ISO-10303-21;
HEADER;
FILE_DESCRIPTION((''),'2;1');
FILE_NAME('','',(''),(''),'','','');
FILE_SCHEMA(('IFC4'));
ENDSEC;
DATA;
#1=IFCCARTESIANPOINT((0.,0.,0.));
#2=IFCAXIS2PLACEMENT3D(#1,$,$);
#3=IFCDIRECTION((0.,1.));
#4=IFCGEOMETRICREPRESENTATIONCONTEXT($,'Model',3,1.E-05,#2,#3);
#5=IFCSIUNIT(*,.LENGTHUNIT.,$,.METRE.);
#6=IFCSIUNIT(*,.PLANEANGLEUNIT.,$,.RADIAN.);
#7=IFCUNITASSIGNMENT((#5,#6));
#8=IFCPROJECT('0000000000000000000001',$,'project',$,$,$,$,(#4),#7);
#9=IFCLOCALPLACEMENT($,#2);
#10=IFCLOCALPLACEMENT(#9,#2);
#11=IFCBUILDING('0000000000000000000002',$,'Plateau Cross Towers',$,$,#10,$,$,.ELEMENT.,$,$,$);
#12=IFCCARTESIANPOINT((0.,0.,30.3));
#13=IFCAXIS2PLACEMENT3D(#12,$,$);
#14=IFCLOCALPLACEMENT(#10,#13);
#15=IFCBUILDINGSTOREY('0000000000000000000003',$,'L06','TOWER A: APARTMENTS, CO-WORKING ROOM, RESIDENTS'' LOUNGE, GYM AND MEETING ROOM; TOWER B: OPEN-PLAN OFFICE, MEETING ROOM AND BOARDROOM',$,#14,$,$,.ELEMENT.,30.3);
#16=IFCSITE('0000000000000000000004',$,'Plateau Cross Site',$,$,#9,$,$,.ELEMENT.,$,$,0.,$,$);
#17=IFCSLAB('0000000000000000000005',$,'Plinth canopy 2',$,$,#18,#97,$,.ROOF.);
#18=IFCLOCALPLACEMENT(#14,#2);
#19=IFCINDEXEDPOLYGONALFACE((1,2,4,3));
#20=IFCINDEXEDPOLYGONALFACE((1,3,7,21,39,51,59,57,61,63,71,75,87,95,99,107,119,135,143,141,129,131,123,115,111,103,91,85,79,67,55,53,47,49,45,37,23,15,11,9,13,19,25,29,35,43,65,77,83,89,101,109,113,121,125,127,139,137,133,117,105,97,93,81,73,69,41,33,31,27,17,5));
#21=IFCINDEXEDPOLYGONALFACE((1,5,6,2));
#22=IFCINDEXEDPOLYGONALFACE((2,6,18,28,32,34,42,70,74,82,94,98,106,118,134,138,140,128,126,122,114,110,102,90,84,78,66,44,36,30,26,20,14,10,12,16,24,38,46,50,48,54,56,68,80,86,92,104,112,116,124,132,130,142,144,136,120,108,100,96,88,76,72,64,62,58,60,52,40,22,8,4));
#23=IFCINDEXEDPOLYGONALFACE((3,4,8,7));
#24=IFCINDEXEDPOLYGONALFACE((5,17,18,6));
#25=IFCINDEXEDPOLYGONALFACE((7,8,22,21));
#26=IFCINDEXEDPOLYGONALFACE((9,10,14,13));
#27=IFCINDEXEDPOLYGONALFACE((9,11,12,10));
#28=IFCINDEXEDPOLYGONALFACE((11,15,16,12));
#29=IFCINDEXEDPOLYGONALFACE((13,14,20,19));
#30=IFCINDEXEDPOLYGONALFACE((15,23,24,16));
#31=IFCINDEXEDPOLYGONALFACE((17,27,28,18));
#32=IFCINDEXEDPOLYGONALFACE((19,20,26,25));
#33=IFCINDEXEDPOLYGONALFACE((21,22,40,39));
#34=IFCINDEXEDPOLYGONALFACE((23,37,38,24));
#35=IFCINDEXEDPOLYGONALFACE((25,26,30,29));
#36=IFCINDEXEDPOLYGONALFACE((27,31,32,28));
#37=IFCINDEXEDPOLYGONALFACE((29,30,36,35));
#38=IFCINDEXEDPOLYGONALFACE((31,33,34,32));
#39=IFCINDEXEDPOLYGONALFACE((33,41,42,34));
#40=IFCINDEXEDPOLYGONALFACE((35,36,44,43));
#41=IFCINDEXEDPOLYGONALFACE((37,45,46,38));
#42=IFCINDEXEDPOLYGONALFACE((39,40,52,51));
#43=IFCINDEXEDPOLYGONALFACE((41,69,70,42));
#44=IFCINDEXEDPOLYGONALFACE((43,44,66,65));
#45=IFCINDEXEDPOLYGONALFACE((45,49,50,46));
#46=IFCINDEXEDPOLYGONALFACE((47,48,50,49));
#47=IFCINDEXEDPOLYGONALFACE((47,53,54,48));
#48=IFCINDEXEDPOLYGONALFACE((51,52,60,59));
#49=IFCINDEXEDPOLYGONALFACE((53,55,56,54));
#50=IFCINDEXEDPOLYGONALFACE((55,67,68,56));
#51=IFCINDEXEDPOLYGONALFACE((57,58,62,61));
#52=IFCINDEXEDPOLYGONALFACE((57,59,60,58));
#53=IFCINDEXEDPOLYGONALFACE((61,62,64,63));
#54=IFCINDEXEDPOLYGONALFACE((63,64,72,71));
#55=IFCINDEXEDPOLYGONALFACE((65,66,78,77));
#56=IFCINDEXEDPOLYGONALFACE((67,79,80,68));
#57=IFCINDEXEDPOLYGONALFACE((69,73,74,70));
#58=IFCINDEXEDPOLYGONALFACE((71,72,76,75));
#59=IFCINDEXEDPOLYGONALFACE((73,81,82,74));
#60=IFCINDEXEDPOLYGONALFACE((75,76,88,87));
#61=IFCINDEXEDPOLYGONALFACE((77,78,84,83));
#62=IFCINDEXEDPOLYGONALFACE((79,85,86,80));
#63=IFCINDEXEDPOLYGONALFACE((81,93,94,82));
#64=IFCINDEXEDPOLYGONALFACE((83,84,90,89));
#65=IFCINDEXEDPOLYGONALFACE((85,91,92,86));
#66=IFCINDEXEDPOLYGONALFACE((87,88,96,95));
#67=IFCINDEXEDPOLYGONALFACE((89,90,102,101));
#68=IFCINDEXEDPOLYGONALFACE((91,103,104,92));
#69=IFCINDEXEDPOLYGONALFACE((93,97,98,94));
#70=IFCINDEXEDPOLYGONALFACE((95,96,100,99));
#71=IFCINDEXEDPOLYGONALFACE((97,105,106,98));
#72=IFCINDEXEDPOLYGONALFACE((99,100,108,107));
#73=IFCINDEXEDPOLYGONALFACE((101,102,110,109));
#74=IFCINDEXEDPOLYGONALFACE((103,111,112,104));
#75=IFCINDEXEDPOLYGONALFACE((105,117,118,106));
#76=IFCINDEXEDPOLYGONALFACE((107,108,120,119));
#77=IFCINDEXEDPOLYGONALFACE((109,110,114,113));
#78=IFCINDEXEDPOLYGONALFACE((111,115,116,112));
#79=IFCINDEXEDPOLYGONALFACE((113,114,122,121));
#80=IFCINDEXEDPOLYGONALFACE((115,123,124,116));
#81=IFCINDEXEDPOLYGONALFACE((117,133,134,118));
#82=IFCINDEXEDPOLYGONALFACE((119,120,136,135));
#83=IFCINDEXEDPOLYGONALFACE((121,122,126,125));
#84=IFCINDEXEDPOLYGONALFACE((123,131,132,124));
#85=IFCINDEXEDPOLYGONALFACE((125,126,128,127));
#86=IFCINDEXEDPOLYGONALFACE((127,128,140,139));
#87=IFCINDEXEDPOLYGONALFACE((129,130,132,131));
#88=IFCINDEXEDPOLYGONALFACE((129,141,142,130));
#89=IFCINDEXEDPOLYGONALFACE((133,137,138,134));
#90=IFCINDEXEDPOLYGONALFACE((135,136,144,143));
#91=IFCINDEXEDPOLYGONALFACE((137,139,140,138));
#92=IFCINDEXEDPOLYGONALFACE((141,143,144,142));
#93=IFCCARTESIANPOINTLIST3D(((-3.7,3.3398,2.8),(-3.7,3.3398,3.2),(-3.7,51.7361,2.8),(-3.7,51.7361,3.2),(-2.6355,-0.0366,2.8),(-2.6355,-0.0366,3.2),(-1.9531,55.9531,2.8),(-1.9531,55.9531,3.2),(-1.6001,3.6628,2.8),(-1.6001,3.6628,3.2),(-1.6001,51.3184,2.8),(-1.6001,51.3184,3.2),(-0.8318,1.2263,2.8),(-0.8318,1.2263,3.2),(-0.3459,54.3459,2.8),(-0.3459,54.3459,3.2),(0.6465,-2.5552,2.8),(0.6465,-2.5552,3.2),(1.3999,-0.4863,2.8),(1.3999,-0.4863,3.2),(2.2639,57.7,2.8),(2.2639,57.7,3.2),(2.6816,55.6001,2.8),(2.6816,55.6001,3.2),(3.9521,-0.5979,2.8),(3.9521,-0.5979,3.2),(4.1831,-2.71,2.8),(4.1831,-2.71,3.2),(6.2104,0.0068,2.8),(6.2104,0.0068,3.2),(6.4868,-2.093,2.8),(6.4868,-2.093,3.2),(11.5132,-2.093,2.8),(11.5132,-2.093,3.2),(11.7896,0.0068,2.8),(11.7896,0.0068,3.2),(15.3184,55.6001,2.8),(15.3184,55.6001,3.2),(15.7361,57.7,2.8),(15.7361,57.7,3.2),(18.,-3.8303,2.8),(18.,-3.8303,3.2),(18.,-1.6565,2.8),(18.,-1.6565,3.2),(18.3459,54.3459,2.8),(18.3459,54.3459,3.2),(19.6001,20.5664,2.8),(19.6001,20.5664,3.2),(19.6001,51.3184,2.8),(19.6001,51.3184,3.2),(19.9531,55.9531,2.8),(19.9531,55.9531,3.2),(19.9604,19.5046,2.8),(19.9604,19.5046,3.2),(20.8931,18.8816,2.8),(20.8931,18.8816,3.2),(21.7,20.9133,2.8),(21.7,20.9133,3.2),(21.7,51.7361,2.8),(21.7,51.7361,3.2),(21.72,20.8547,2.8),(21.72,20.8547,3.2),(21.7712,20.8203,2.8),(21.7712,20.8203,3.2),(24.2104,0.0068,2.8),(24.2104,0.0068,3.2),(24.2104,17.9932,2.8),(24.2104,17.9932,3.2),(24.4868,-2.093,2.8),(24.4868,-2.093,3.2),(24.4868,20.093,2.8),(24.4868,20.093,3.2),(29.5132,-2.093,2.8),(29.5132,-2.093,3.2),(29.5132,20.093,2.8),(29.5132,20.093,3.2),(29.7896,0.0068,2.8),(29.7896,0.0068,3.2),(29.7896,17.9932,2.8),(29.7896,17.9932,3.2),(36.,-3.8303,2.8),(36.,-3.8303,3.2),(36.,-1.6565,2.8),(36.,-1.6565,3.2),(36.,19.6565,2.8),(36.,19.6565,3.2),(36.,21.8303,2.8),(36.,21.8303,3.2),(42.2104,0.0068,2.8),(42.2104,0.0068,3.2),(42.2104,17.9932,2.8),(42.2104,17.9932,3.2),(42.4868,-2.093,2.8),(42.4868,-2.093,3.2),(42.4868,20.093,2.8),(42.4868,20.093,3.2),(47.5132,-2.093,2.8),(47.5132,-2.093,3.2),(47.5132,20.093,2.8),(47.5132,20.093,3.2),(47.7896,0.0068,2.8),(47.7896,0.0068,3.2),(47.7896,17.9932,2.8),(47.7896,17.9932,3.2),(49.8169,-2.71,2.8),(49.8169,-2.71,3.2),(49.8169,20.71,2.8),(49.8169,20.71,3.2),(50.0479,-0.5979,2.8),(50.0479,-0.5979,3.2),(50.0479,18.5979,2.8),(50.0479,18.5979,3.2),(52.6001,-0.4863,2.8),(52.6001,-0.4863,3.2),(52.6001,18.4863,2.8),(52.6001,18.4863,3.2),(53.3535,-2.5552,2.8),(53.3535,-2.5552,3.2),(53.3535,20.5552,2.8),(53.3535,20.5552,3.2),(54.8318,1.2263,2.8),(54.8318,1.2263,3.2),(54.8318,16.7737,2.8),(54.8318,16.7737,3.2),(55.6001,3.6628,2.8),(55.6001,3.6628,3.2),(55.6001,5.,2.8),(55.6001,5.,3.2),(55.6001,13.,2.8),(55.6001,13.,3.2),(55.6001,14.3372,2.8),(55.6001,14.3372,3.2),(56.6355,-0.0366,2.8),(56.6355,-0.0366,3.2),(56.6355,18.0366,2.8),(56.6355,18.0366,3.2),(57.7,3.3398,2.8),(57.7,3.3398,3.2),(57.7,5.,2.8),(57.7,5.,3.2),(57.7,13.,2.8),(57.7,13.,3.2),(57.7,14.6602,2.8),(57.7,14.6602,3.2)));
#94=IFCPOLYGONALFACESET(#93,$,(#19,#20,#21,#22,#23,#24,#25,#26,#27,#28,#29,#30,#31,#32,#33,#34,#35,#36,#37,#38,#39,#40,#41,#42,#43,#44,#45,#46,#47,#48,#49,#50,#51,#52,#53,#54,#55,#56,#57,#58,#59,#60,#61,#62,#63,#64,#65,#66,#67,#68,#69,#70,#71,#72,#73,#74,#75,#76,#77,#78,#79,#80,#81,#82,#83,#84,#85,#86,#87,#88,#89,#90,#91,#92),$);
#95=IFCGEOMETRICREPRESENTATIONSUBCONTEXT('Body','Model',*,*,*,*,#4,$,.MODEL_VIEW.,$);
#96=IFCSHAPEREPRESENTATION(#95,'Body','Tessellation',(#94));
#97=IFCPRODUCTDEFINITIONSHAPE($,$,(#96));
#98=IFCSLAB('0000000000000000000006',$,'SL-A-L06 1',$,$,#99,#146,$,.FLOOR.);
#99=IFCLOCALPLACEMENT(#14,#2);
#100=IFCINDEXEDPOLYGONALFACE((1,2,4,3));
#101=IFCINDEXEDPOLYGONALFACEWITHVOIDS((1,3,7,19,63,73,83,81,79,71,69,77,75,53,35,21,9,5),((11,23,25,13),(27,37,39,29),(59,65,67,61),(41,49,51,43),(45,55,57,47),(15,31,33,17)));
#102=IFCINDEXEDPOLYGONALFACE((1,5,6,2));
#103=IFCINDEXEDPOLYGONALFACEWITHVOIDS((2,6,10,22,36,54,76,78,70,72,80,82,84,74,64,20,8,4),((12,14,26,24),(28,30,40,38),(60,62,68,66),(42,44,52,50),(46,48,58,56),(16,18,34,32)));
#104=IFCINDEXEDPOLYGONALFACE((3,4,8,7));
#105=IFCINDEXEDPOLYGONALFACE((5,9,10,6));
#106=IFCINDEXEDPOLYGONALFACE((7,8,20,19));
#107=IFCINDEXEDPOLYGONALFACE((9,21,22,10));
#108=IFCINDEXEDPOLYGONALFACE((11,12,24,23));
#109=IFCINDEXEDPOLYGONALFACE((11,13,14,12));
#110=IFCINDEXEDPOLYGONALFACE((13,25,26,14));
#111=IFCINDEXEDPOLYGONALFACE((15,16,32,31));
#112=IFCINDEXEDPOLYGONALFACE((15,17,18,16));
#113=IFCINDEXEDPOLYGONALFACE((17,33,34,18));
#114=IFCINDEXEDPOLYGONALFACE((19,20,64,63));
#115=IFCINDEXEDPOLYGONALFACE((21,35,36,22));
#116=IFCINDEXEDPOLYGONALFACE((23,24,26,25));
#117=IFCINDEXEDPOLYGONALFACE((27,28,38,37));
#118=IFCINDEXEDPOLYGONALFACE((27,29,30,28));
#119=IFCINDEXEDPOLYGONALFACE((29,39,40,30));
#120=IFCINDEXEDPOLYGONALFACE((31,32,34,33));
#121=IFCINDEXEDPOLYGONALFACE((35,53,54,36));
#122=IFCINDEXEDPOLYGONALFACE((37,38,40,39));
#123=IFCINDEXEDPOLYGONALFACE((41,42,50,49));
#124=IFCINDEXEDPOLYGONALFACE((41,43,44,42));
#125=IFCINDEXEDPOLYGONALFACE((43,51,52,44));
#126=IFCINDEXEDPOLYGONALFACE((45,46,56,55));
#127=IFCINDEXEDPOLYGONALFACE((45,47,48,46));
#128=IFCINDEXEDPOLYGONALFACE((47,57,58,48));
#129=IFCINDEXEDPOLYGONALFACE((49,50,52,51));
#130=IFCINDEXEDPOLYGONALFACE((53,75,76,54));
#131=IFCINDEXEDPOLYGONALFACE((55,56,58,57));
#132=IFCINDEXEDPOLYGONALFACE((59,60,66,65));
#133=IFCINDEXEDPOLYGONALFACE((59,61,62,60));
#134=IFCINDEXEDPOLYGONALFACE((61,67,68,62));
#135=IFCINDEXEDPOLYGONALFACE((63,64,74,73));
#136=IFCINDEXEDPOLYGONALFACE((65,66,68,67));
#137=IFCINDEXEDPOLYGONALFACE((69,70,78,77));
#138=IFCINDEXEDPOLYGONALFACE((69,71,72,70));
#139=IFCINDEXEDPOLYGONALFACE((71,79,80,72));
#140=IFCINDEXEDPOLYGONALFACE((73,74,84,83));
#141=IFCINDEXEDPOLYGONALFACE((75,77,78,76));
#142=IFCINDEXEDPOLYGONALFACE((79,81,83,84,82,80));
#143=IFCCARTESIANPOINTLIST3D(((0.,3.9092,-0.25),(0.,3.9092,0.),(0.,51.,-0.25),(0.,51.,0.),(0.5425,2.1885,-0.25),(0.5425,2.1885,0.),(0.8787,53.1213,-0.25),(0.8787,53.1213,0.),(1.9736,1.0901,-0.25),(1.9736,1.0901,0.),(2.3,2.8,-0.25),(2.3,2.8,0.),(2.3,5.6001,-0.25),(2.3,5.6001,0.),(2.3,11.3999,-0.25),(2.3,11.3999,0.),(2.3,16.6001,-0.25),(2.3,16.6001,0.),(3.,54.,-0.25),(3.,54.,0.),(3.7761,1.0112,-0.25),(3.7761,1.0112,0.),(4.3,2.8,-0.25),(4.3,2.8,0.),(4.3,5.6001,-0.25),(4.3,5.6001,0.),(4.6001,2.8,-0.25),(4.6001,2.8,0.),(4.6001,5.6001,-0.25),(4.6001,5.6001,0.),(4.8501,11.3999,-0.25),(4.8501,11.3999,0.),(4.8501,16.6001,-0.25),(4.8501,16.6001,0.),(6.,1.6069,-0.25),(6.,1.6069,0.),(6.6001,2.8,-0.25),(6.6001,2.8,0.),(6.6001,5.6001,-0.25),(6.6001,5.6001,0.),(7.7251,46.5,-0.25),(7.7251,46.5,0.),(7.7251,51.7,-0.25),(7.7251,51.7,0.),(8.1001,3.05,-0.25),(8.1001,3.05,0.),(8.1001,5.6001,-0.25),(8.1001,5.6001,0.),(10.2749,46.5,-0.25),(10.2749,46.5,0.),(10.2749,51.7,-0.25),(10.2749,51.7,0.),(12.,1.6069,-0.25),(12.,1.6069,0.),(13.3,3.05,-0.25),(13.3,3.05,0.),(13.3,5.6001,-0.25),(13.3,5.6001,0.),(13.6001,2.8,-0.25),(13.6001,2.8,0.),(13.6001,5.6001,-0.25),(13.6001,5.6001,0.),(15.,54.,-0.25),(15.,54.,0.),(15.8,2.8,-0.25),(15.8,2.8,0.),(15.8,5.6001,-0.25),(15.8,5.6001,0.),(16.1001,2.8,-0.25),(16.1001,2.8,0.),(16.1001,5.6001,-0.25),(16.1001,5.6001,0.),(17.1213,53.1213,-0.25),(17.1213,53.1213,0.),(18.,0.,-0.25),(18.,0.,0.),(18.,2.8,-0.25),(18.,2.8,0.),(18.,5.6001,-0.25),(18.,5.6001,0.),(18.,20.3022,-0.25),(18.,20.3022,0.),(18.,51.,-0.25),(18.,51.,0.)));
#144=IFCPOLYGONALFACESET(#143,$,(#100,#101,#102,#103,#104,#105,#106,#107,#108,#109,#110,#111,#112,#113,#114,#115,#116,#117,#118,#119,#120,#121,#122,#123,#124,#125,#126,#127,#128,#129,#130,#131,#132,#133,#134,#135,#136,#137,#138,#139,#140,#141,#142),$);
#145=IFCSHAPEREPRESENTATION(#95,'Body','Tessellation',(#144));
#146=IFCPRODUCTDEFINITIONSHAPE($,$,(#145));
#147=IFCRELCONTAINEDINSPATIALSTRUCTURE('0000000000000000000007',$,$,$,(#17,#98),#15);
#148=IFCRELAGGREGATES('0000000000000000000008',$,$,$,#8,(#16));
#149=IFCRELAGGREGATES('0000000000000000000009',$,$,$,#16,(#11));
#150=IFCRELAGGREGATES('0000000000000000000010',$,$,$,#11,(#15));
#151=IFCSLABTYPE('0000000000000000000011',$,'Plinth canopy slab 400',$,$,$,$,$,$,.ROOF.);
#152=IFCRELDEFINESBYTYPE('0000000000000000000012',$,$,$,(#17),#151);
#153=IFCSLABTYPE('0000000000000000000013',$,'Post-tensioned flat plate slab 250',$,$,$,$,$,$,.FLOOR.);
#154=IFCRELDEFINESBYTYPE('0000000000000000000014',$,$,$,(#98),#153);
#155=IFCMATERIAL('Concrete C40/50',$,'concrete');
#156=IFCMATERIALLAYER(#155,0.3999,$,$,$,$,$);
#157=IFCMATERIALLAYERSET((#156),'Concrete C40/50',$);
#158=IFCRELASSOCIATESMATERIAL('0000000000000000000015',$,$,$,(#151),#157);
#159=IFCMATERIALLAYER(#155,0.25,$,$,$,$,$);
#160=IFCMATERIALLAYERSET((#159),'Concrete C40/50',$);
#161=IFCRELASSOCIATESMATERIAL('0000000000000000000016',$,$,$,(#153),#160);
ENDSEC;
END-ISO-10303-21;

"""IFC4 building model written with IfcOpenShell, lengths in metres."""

from ifc_helpers import new_model, si_unit, direction, frame, origin, place, context, subcontext, project, spatial, polyline, outline, extrude, material, layer, layer_set, type_object, element, save


model = new_model("IFC4")

# Units and contexts
model_context = context("Model", 3, precision=1e-05, world=origin(), true_north=direction((0.0, 1.0)))
body_context = subcontext(model_context, "Body", "Model", "MODEL_VIEW")
ifc_project = project(units=[si_unit("LENGTHUNIT", "METRE"), si_unit("PLANEANGLEUNIT", "RADIAN")], contexts=[model_context])

# Site, building, storey
site_placement = place(None, origin())
site = spatial("IfcSite", under=ifc_project, at=site_placement, Name="Plateau Cross Site", CompositionType="ELEMENT", RefElevation=0.0)
building_placement = place(site_placement, origin())
building = spatial("IfcBuilding", under=site, at=building_placement, Name="Plateau Cross Towers", CompositionType="ELEMENT")
storey_placement = place(building_placement, frame((0.0, 0.0, 30.3)))
storey = spatial("IfcBuildingStorey", under=building, at=storey_placement, Name="L06", Description="TOWER A: APARTMENTS, CO-WORKING ROOM, RESIDENTS' LOUNGE, GYM AND MEETING ROOM; TOWER B: OPEN-PLAN OFFICE, MEETING ROOM AND BOARDROOM", CompositionType="ELEMENT", Elevation=30.3)

# Shared definitions
ifc_material_1 = material(Name="Concrete C40/50", Category="concrete")

# Slabs
ifc_layer_1 = layer(ifc_material_1, 0.3999)
ifc_layer_set_1 = layer_set([ifc_layer_1], Name="Concrete C40/50")
slab_type_1 = type_object("IfcSlabType", Name="Plinth canopy slab 400", PredefinedType="ROOF", material=ifc_layer_set_1)
slab_1_placement = place(storey_placement, frame((0.0, 0.0, 2.8)))
element("IfcSlab", 1, at=slab_1_placement, inside=storey, type_object=slab_type_1, Name="Plinth canopy 2", PredefinedType="ROOF", context=body_context, shape_type="SweptSolid", body=[
    extrude(outline(polyline([(-3.7, 3.3398), (-3.7, 51.7361), (-1.9531, 55.9531), (2.2639, 57.7), (15.7361, 57.7), (19.9531, 55.9531), (21.7, 51.7361), (21.7, 20.9133), (21.72, 20.8547), (21.7712, 20.8203), (24.4868, 20.093), (29.5132, 20.093), (36.0, 21.8303), (42.4868, 20.093), (47.5132, 20.093), (49.8169, 20.71), (53.3535, 20.5552), (56.6355, 18.0366), (57.7, 14.6602), (57.7, 13.0), (55.6001, 13.0), (55.6001, 14.3372), (54.8318, 16.7737), (52.6001, 18.4863), (50.0479, 18.5979), (47.7896, 17.9932), (42.2104, 17.9932), (36.0, 19.6565), (29.7896, 17.9932), (24.2104, 17.9932), (20.8931, 18.8816), (19.9604, 19.5046), (19.6001, 20.5664), (19.6001, 51.3184), (18.3459, 54.3459), (15.3184, 55.6001), (2.6816, 55.6001), (-0.3459, 54.3459), (-1.6001, 51.3184), (-1.6001, 3.6628), (-0.8318, 1.2263), (1.3999, -0.4863), (3.9521, -0.5979), (6.2104, 0.0068), (11.7896, 0.0068), (18.0, -1.6565), (24.2104, 0.0068), (29.7896, 0.0068), (36.0, -1.6565), (42.2104, 0.0068), (47.7896, 0.0068), (50.0479, -0.5979), (52.6001, -0.4863), (54.8318, 1.2263), (55.6001, 3.6628), (55.6001, 5.0), (57.7, 5.0), (57.7, 3.3398), (56.6355, -0.0366), (53.3535, -2.5552), (49.8169, -2.71), (47.5132, -2.093), (42.4868, -2.093), (36.0, -3.8303), (29.5132, -2.093), (24.4868, -2.093), (18.0, -3.8303), (11.5132, -2.093), (6.4868, -2.093), (4.1831, -2.71), (0.6465, -2.5552), (-2.6355, -0.0366), (-3.7, 3.3398)])), origin(), (0.0, 0.0, 1.0), 0.3999),
])
ifc_layer_2 = layer(ifc_material_1, 0.25)
ifc_layer_set_2 = layer_set([ifc_layer_2], Name="Concrete C40/50")
slab_type_2 = type_object("IfcSlabType", Name="Post-tensioned flat plate slab 250", PredefinedType="FLOOR", material=ifc_layer_set_2)
slab_2_placement = place(storey_placement, frame((0.0, 0.0, -0.25)))
element("IfcSlab", 2, at=slab_2_placement, inside=storey, type_object=slab_type_2, Name="SL-A-L06 1", PredefinedType="FLOOR", context=body_context, shape_type="SweptSolid", body=[
    extrude(outline(polyline([(0.5425, 2.1885), (0.0, 3.9092), (0.0, 51.0), (0.8787, 53.1213), (3.0, 54.0), (15.0, 54.0), (17.1213, 53.1213), (18.0, 51.0), (18.0, 20.3022), (18.0, 5.6001), (16.1001, 5.6001), (16.1001, 2.8), (18.0, 2.8), (18.0, 0.0), (12.0, 1.6069), (6.0, 1.6069), (3.7761, 1.0112), (1.9736, 1.0901), (0.5425, 2.1885)]), holes=[polyline([(4.3, 5.6001), (2.3, 5.6001), (2.3, 2.8), (4.3, 2.8), (4.3, 5.6001)]), polyline([(6.6001, 5.6001), (4.6001, 5.6001), (4.6001, 2.8), (6.6001, 2.8), (6.6001, 5.6001)]), polyline([(15.8, 5.6001), (13.6001, 5.6001), (13.6001, 2.8), (15.8, 2.8), (15.8, 5.6001)]), polyline([(13.3, 5.6001), (8.1001, 5.6001), (8.1001, 3.05), (13.3, 3.05), (13.3, 5.6001)]), polyline([(4.8501, 16.6001), (2.3, 16.6001), (2.3, 11.3999), (4.8501, 11.3999), (4.8501, 16.6001)]), polyline([(7.7251, 51.7), (7.7251, 46.5), (10.2749, 46.5), (10.2749, 51.7), (7.7251, 51.7)])]), origin(), (0.0, 0.0, 1.0), 0.25),
])

save(model, "model.ifc")
